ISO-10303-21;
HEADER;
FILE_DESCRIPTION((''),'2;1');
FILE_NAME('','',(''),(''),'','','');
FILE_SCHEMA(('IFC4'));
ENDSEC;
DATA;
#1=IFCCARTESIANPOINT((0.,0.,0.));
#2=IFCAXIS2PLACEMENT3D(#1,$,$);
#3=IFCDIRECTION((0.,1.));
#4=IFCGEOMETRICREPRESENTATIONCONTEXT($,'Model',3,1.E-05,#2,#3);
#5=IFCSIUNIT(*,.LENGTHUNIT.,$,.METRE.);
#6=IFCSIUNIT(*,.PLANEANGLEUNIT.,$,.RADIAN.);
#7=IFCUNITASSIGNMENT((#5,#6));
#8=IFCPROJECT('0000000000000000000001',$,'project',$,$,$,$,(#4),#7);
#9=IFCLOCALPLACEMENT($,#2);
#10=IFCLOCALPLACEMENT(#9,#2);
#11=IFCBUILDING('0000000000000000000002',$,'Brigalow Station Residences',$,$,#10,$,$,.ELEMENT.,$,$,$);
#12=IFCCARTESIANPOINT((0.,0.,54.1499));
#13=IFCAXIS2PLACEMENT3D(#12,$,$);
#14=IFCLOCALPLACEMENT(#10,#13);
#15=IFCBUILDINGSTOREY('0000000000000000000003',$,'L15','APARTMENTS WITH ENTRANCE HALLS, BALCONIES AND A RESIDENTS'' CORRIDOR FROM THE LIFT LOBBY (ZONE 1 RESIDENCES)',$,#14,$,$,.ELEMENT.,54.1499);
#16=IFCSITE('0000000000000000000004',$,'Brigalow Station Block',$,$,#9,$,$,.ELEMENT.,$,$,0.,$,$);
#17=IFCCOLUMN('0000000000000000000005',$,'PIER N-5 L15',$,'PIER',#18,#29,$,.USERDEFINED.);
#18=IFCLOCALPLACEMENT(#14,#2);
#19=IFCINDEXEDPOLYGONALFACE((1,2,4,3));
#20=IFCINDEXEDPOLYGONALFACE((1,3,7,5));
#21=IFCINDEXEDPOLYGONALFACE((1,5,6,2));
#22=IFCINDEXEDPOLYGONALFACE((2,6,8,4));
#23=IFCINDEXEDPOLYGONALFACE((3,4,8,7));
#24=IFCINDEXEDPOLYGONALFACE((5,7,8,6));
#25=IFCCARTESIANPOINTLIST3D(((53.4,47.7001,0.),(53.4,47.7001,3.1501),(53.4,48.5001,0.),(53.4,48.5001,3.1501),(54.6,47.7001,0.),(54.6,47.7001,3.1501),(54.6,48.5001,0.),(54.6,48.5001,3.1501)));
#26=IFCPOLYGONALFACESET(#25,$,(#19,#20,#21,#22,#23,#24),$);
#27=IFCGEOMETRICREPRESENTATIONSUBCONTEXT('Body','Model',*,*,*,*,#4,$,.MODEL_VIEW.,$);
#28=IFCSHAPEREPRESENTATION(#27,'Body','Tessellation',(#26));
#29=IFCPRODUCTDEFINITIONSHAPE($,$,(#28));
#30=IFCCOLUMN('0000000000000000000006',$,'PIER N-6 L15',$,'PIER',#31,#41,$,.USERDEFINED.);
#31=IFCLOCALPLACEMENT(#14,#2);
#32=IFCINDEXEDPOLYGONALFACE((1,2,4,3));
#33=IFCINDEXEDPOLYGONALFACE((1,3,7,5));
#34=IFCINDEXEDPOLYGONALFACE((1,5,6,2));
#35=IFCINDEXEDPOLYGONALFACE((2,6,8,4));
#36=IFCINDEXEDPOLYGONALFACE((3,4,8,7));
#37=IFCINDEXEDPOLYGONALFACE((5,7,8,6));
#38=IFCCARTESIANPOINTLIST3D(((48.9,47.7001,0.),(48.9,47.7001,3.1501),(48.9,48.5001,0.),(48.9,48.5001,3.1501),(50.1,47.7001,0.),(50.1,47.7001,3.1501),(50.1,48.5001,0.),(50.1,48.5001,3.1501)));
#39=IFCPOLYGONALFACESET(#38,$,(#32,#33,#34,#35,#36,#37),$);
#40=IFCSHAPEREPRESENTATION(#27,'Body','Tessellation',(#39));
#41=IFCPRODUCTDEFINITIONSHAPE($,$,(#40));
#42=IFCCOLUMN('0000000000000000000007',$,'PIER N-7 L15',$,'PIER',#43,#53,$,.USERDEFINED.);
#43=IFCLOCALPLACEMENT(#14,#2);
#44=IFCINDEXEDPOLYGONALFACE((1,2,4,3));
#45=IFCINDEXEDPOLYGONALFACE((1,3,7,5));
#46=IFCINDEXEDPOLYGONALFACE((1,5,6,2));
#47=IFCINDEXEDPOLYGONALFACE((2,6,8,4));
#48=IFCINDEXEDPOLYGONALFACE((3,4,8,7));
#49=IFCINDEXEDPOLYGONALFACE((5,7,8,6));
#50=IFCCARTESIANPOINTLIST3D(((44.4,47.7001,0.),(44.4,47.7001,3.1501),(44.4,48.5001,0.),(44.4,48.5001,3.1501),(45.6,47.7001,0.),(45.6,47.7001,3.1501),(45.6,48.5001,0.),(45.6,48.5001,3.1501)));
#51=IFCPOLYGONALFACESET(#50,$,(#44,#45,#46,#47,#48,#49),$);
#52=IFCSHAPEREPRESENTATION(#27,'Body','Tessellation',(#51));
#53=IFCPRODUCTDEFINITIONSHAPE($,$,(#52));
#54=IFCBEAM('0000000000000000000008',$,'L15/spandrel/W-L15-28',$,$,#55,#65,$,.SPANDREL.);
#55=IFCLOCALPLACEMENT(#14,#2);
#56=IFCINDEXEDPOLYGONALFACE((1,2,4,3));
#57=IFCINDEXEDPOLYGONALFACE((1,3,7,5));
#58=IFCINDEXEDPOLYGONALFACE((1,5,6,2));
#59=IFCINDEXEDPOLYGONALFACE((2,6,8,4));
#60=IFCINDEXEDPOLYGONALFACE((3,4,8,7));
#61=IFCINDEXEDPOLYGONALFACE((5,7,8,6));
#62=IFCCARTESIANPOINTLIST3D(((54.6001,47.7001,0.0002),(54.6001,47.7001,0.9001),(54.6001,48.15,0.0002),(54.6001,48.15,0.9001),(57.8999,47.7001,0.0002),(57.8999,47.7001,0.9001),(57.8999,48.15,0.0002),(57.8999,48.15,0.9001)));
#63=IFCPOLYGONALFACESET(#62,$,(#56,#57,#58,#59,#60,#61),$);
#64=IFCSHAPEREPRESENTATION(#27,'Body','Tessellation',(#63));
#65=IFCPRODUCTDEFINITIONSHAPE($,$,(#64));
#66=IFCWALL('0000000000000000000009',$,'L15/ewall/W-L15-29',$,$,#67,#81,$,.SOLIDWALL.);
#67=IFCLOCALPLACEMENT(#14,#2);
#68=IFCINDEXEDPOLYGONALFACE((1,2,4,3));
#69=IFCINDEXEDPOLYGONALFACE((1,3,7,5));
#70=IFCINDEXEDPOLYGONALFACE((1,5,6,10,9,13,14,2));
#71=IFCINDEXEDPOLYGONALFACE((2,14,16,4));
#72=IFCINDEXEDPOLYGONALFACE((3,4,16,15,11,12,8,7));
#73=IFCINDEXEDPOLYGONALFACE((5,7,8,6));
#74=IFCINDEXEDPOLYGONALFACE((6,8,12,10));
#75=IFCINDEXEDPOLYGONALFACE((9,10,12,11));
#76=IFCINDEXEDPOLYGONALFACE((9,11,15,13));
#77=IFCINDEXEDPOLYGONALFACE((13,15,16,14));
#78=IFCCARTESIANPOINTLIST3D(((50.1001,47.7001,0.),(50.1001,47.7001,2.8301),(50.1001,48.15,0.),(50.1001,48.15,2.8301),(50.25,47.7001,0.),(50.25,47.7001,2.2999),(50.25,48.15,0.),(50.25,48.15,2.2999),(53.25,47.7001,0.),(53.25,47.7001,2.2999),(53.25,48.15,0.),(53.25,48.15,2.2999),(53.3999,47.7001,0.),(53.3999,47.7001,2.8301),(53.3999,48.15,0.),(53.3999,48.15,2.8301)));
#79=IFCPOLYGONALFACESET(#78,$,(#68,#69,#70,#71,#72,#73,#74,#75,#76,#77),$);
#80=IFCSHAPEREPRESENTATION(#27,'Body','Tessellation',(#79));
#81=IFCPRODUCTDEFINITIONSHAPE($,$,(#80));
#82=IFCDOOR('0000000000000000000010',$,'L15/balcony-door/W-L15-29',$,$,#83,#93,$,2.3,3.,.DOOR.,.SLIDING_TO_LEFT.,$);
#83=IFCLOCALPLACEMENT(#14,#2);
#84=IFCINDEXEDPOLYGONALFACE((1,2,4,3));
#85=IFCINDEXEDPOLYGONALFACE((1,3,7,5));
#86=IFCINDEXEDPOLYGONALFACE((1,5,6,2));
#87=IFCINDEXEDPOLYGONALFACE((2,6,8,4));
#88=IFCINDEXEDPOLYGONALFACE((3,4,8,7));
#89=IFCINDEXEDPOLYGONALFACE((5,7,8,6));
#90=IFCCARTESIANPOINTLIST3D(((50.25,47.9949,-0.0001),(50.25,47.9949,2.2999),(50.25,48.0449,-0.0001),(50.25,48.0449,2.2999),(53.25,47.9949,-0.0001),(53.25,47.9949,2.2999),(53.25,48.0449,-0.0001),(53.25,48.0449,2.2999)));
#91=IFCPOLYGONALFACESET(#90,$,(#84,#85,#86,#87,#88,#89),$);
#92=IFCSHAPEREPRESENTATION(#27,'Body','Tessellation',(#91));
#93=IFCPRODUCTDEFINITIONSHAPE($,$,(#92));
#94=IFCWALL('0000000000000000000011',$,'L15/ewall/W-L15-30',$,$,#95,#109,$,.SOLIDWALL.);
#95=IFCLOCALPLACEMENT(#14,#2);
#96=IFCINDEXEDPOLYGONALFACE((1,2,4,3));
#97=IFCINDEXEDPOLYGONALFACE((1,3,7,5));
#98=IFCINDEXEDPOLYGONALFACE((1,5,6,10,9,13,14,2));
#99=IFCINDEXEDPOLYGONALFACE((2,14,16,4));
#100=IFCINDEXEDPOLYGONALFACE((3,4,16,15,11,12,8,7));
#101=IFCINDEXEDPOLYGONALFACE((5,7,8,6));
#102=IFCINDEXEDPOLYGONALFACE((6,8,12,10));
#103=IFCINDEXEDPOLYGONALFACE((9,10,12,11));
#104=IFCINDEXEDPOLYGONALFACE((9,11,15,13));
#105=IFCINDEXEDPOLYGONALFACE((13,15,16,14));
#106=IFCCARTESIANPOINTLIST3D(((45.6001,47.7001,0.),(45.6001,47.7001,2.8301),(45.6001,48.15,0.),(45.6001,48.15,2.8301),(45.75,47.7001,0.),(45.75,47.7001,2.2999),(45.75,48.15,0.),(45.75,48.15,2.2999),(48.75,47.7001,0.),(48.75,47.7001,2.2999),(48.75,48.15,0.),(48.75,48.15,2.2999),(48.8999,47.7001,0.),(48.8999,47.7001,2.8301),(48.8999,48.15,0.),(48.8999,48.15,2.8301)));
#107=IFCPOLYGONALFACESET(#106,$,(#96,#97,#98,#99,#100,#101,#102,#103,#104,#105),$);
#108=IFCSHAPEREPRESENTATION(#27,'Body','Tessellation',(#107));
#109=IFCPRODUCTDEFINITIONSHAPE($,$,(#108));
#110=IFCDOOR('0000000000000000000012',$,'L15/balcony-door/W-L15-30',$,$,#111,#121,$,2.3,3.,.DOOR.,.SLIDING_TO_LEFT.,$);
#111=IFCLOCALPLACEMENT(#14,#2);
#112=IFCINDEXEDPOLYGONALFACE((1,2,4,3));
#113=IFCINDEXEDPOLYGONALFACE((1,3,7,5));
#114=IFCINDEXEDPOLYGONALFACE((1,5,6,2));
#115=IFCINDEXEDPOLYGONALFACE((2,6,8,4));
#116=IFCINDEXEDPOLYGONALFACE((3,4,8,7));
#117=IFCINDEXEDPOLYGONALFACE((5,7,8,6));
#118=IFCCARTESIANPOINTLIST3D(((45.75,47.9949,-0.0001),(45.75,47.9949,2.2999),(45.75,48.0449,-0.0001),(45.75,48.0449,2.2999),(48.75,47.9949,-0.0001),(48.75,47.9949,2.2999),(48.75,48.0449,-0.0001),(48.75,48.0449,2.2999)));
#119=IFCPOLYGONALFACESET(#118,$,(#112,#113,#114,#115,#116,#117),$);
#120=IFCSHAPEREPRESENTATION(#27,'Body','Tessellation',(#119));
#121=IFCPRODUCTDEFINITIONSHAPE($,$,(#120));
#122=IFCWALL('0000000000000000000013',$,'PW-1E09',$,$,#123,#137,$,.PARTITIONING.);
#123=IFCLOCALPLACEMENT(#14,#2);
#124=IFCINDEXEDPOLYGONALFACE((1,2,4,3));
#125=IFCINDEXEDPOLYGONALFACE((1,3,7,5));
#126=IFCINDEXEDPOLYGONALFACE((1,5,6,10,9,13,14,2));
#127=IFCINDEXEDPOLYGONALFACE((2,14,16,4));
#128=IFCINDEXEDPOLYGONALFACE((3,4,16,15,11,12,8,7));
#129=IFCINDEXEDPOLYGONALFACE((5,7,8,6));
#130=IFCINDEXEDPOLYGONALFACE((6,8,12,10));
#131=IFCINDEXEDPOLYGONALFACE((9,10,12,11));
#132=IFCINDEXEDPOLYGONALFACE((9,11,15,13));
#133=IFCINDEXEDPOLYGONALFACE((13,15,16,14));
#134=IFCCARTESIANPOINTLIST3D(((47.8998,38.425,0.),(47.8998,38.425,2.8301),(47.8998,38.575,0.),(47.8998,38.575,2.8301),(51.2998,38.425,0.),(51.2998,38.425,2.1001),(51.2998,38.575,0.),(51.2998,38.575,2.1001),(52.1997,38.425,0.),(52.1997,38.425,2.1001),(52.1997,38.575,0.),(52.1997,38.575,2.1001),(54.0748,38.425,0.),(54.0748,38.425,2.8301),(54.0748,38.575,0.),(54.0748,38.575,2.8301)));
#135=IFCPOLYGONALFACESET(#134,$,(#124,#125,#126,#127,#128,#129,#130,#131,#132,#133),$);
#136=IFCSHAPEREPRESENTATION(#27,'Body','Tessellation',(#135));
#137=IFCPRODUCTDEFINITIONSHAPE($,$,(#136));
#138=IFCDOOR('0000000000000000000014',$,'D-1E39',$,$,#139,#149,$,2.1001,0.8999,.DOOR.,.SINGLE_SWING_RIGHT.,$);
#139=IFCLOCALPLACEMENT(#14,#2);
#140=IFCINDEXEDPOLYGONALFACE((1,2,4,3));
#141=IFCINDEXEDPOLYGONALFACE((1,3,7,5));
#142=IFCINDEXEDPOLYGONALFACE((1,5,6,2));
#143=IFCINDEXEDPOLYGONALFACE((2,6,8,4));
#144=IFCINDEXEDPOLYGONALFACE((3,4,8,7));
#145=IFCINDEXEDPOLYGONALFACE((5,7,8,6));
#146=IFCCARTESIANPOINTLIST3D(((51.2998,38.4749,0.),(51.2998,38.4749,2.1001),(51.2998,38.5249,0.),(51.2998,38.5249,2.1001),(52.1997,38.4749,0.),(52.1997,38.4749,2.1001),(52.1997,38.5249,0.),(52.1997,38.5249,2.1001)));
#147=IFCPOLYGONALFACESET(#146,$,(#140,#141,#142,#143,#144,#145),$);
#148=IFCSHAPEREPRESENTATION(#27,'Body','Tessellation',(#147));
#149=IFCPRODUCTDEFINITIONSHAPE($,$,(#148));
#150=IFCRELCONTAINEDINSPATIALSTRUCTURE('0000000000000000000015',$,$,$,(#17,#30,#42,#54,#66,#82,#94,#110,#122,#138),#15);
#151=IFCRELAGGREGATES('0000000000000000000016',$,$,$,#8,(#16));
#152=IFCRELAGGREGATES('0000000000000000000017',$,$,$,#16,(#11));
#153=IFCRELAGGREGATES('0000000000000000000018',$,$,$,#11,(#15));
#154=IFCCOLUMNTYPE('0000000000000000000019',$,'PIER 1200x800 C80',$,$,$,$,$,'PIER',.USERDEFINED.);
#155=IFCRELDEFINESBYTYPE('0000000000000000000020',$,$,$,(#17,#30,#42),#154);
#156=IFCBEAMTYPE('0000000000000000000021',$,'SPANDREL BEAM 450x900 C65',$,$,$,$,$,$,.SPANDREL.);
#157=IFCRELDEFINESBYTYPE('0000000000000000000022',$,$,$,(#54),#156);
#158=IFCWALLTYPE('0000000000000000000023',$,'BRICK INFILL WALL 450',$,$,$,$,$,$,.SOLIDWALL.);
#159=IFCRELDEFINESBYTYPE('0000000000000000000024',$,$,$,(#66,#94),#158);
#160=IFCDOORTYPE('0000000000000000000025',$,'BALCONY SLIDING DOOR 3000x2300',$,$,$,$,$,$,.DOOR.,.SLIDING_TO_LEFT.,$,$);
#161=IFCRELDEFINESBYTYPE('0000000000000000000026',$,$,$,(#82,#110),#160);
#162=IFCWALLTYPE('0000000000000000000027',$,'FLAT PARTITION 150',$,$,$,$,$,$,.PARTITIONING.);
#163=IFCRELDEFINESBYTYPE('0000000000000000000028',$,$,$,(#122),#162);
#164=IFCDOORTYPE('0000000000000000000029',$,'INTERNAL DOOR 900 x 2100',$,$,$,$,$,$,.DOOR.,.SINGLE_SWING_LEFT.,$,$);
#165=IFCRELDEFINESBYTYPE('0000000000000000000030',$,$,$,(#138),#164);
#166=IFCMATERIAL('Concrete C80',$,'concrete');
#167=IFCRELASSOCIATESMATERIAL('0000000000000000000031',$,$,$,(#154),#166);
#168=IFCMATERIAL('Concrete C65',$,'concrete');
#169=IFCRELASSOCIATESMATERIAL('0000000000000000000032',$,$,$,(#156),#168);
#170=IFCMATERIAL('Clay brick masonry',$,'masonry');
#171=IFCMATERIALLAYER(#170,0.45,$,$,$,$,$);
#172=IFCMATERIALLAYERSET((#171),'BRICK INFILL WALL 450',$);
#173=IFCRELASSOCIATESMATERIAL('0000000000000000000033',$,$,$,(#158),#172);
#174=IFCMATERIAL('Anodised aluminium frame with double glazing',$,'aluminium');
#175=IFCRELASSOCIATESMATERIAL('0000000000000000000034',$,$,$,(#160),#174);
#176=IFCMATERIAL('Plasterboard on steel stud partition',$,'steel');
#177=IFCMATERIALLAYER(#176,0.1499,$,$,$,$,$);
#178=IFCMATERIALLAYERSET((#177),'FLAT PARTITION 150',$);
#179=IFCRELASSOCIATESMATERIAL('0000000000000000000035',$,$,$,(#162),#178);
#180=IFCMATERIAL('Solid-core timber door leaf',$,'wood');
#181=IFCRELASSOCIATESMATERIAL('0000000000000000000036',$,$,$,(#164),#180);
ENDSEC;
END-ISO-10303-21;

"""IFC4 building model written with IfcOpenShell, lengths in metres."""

from ifc_helpers import new_model, si_unit, direction, frame, frame_2d, origin, origin_2d, place, context, subcontext, project, spatial, rectangle, extrude, material, layer, layer_set, material_profile, profile_set, type_object, element, fill, save


model = new_model("IFC4")

# Units and contexts
model_context = context("Model", 3, precision=1e-05, world=origin(), true_north=direction((0.0, 1.0)))
body_context = subcontext(model_context, "Body", "Model", "MODEL_VIEW")
ifc_project = project(units=[si_unit("LENGTHUNIT", "METRE"), si_unit("PLANEANGLEUNIT", "RADIAN")], contexts=[model_context])

# Site, building, storey
site_placement = place(None, origin())
site = spatial("IfcSite", under=ifc_project, at=site_placement, Name="Brigalow Station Block", CompositionType="ELEMENT", RefElevation=0.0)
building_placement = place(site_placement, origin())
building = spatial("IfcBuilding", under=site, at=building_placement, Name="Brigalow Station Residences", CompositionType="ELEMENT")
storey_placement = place(building_placement, frame((0.0, 0.0, 54.1499)))
storey = spatial("IfcBuildingStorey", under=building, at=storey_placement, Name="L15", Description="APARTMENTS WITH ENTRANCE HALLS, BALCONIES AND A RESIDENTS' CORRIDOR FROM THE LIFT LOBBY (ZONE 1 RESIDENCES)", CompositionType="ELEMENT", Elevation=54.1499)

# Columns
ifc_material_1 = material(Name="Concrete C80", Category="concrete")
ifc_material_profile_1 = material_profile(ifc_material_1, rectangle(XDim=1.2, YDim=0.8, at=origin_2d()), Name="RC1200x800")
ifc_profile_set_1 = profile_set([ifc_material_profile_1], Name="Concrete C80")
column_type = type_object("IfcColumnType", Name="PIER 1200x800 C80", ElementType="PIER", PredefinedType="USERDEFINED", material=ifc_profile_set_1)
for number, where, z_axis, x_axis, name in (
    (1, (54.0, 48.1001, 0.0), (0.0, 0.0, 1.0), (-1.0, 0.0, 0.0), "PIER N-5 L15"),
    (2, (49.5, 48.1001, 0.0), (0.0, 0.0, 1.0), (-1.0, 0.0, 0.0), "PIER N-6 L15"),
    (3, (45.0, 48.1001, 0.0), (0.0, 0.0, 1.0), (-1.0, 0.0, 0.0), "PIER N-7 L15"),
):
    element("IfcColumn", number, at=place(storey_placement, frame(where, z_axis=z_axis, x_axis=x_axis)), inside=storey, type_object=column_type, Name=name, ObjectType="PIER", PredefinedType="USERDEFINED", context=body_context, shape_type="SweptSolid", body=[
        extrude(rectangle(XDim=1.2, YDim=0.8, at=origin_2d()), origin(), (0.0, 0.0, 1.0), 3.1501),
    ])

# Beam
ifc_material_2 = material(Name="Concrete C65", Category="concrete")
ifc_material_profile_2 = material_profile(ifc_material_2, rectangle(XDim=0.45, YDim=0.8999, at=origin_2d()), Name="RC450x900")
ifc_profile_set_2 = profile_set([ifc_material_profile_2], Name="Concrete C65")
beam_type = type_object("IfcBeamType", Name="SPANDREL BEAM 450x900 C65", PredefinedType="SPANDREL", material=ifc_profile_set_2)
beam_placement = place(storey_placement, frame((57.8999, 47.925, 0.4502), z_axis=(-1.0, 0.0, 0.0), x_axis=(0.0, -1.0, 0.0)))
element("IfcBeam", 4, at=beam_placement, inside=storey, type_object=beam_type, Name="L15/spandrel/W-L15-28", PredefinedType="SPANDREL", context=body_context, shape_type="SweptSolid", body=[
    extrude(rectangle(XDim=0.45, YDim=0.8999, at=origin_2d()), origin(), (0.0, 0.0, 1.0), 3.2998),
])

# Walls, openings, doors
ifc_material_3 = material(Name="Clay brick masonry", Category="masonry")
ifc_layer_1 = layer(ifc_material_3, 0.45)
ifc_layer_set_1 = layer_set([ifc_layer_1], Name="BRICK INFILL WALL 450")
wall_type_1 = type_object("IfcWallType", Name="BRICK INFILL WALL 450", PredefinedType="SOLIDWALL", material=ifc_layer_set_1)
wall_1_placement = place(storey_placement, frame((53.3999, 47.925, 0.0), z_axis=(0.0, 0.0, 1.0), x_axis=(-1.0, 0.0, 0.0)))
wall_1 = element("IfcWall", 5, at=wall_1_placement, inside=storey, type_object=wall_type_1, Name="L15/ewall/W-L15-29", PredefinedType="SOLIDWALL", context=body_context, shape_type="SweptSolid", body=[
    extrude(rectangle(XDim=3.2998, YDim=0.45, at=frame_2d((1.6499, 0.0))), origin(), (0.0, 0.0, 1.0), 2.8301),
])
opening_1_placement = place(wall_1_placement, frame((0.1499, 0.0, 0.0)))
opening_1 = element("IfcOpeningElement", 6, at=opening_1_placement, cuts=wall_1, PredefinedType="OPENING", context=body_context, shape_type="SweptSolid", body=[
    extrude(rectangle(XDim=3.0, YDim=2.3, at=frame_2d((1.5, 1.1499))), frame((0.0, 0.2349, 0.0), z_axis=(0.0, -1.0, 0.0), x_axis=(1.0, 0.0, 0.0)), (0.0, 0.0, 1.0), 0.47),
])
ifc_material_4 = material(Name="Anodised aluminium frame with double glazing", Category="aluminium")
door_type_1 = type_object("IfcDoorType", Name="BALCONY SLIDING DOOR 3000x2300", OperationType="SLIDING_TO_LEFT", PredefinedType="DOOR", material=ifc_material_4)
door_1_placement = place(opening_1_placement, origin())
door_1 = element("IfcDoor", 7, at=door_1_placement, inside=storey, type_object=door_type_1, Name="L15/balcony-door/W-L15-29", OperationType="SLIDING_TO_LEFT", OverallHeight=2.3, OverallWidth=3.0, PredefinedType="DOOR", context=body_context, shape_type="SweptSolid", body=[
    extrude(rectangle(XDim=3.0, YDim=2.3, at=frame_2d((1.5, 1.1499))), frame((0.0, -0.0698, 0.0), z_axis=(0.0, -1.0, 0.0), x_axis=(1.0, 0.0, 0.0)), (0.0, 0.0, 1.0), 0.05),
])
fill(opening_1, door_1)
wall_2_placement = place(storey_placement, frame((48.8999, 47.925, 0.0), z_axis=(0.0, 0.0, 1.0), x_axis=(-1.0, 0.0, 0.0)))
wall_2 = element("IfcWall", 8, at=wall_2_placement, inside=storey, type_object=wall_type_1, Name="L15/ewall/W-L15-30", PredefinedType="SOLIDWALL", context=body_context, shape_type="SweptSolid", body=[
    extrude(rectangle(XDim=3.2998, YDim=0.45, at=frame_2d((1.6499, 0.0))), origin(), (0.0, 0.0, 1.0), 2.8301),
])
opening_2_placement = place(wall_2_placement, frame((0.1499, 0.0, 0.0)))
opening_2 = element("IfcOpeningElement", 9, at=opening_2_placement, cuts=wall_2, PredefinedType="OPENING", context=body_context, shape_type="SweptSolid", body=[
    extrude(rectangle(XDim=3.0, YDim=2.3, at=frame_2d((1.5, 1.1499))), frame((0.0, 0.2349, 0.0), z_axis=(0.0, -1.0, 0.0), x_axis=(1.0, 0.0, 0.0)), (0.0, 0.0, 1.0), 0.47),
])
door_2_placement = place(opening_2_placement, origin())
door_2 = element("IfcDoor", 10, at=door_2_placement, inside=storey, type_object=door_type_1, Name="L15/balcony-door/W-L15-30", OperationType="SLIDING_TO_LEFT", OverallHeight=2.3, OverallWidth=3.0, PredefinedType="DOOR", context=body_context, shape_type="SweptSolid", body=[
    extrude(rectangle(XDim=3.0, YDim=2.3, at=frame_2d((1.5, 1.1499))), frame((0.0, -0.0698, 0.0), z_axis=(0.0, -1.0, 0.0), x_axis=(1.0, 0.0, 0.0)), (0.0, 0.0, 1.0), 0.05),
])
fill(opening_2, door_2)
ifc_material_5 = material(Name="Plasterboard on steel stud partition", Category="steel")
ifc_layer_2 = layer(ifc_material_5, 0.1499)
ifc_layer_set_2 = layer_set([ifc_layer_2], Name="FLAT PARTITION 150")
wall_type_2 = type_object("IfcWallType", Name="FLAT PARTITION 150", PredefinedType="PARTITIONING", material=ifc_layer_set_2)
wall_3_placement = place(storey_placement, frame((47.8999, 38.5, 0.0), z_axis=(0.0, 0.0, 1.0), x_axis=(1.0, 0.0, 0.0)))
wall_3 = element("IfcWall", 11, at=wall_3_placement, inside=storey, type_object=wall_type_2, Name="PW-1E09", PredefinedType="PARTITIONING", context=body_context, shape_type="SweptSolid", body=[
    extrude(rectangle(XDim=6.175, YDim=0.1499, at=frame_2d((3.0874, 0.0))), origin(), (0.0, 0.0, 1.0), 2.8301),
])
opening_3_placement = place(wall_3_placement, frame((3.3999, 0.0, 0.0)))
opening_3 = element("IfcOpeningElement", 12, at=opening_3_placement, cuts=wall_3, PredefinedType="OPENING", context=body_context, shape_type="SweptSolid", body=[
    extrude(rectangle(XDim=0.8999, YDim=2.1001, at=frame_2d((0.45, 1.05))), frame((0.0, 0.085, 0.0), z_axis=(0.0, -1.0, 0.0), x_axis=(1.0, 0.0, 0.0)), (0.0, 0.0, 1.0), 0.1699),
])
ifc_material_6 = material(Name="Solid-core timber door leaf", Category="wood")
door_type_2 = type_object("IfcDoorType", Name="INTERNAL DOOR 900 x 2100", OperationType="SINGLE_SWING_LEFT", PredefinedType="DOOR", material=ifc_material_6)
door_3_placement = place(opening_3_placement, origin())
door_3 = element("IfcDoor", 13, at=door_3_placement, inside=storey, type_object=door_type_2, Name="D-1E39", OperationType="SINGLE_SWING_RIGHT", OverallHeight=2.1001, OverallWidth=0.8999, PredefinedType="DOOR", context=body_context, shape_type="SweptSolid", body=[
    extrude(rectangle(XDim=0.8999, YDim=2.1001, at=frame_2d((0.45, 1.05))), frame((0.0, 0.0249, 0.0), z_axis=(0.0, -1.0, 0.0), x_axis=(1.0, 0.0, 0.0)), (0.0, 0.0, 1.0), 0.05),
])
fill(opening_3, door_3)

save(model, "model.ifc")
